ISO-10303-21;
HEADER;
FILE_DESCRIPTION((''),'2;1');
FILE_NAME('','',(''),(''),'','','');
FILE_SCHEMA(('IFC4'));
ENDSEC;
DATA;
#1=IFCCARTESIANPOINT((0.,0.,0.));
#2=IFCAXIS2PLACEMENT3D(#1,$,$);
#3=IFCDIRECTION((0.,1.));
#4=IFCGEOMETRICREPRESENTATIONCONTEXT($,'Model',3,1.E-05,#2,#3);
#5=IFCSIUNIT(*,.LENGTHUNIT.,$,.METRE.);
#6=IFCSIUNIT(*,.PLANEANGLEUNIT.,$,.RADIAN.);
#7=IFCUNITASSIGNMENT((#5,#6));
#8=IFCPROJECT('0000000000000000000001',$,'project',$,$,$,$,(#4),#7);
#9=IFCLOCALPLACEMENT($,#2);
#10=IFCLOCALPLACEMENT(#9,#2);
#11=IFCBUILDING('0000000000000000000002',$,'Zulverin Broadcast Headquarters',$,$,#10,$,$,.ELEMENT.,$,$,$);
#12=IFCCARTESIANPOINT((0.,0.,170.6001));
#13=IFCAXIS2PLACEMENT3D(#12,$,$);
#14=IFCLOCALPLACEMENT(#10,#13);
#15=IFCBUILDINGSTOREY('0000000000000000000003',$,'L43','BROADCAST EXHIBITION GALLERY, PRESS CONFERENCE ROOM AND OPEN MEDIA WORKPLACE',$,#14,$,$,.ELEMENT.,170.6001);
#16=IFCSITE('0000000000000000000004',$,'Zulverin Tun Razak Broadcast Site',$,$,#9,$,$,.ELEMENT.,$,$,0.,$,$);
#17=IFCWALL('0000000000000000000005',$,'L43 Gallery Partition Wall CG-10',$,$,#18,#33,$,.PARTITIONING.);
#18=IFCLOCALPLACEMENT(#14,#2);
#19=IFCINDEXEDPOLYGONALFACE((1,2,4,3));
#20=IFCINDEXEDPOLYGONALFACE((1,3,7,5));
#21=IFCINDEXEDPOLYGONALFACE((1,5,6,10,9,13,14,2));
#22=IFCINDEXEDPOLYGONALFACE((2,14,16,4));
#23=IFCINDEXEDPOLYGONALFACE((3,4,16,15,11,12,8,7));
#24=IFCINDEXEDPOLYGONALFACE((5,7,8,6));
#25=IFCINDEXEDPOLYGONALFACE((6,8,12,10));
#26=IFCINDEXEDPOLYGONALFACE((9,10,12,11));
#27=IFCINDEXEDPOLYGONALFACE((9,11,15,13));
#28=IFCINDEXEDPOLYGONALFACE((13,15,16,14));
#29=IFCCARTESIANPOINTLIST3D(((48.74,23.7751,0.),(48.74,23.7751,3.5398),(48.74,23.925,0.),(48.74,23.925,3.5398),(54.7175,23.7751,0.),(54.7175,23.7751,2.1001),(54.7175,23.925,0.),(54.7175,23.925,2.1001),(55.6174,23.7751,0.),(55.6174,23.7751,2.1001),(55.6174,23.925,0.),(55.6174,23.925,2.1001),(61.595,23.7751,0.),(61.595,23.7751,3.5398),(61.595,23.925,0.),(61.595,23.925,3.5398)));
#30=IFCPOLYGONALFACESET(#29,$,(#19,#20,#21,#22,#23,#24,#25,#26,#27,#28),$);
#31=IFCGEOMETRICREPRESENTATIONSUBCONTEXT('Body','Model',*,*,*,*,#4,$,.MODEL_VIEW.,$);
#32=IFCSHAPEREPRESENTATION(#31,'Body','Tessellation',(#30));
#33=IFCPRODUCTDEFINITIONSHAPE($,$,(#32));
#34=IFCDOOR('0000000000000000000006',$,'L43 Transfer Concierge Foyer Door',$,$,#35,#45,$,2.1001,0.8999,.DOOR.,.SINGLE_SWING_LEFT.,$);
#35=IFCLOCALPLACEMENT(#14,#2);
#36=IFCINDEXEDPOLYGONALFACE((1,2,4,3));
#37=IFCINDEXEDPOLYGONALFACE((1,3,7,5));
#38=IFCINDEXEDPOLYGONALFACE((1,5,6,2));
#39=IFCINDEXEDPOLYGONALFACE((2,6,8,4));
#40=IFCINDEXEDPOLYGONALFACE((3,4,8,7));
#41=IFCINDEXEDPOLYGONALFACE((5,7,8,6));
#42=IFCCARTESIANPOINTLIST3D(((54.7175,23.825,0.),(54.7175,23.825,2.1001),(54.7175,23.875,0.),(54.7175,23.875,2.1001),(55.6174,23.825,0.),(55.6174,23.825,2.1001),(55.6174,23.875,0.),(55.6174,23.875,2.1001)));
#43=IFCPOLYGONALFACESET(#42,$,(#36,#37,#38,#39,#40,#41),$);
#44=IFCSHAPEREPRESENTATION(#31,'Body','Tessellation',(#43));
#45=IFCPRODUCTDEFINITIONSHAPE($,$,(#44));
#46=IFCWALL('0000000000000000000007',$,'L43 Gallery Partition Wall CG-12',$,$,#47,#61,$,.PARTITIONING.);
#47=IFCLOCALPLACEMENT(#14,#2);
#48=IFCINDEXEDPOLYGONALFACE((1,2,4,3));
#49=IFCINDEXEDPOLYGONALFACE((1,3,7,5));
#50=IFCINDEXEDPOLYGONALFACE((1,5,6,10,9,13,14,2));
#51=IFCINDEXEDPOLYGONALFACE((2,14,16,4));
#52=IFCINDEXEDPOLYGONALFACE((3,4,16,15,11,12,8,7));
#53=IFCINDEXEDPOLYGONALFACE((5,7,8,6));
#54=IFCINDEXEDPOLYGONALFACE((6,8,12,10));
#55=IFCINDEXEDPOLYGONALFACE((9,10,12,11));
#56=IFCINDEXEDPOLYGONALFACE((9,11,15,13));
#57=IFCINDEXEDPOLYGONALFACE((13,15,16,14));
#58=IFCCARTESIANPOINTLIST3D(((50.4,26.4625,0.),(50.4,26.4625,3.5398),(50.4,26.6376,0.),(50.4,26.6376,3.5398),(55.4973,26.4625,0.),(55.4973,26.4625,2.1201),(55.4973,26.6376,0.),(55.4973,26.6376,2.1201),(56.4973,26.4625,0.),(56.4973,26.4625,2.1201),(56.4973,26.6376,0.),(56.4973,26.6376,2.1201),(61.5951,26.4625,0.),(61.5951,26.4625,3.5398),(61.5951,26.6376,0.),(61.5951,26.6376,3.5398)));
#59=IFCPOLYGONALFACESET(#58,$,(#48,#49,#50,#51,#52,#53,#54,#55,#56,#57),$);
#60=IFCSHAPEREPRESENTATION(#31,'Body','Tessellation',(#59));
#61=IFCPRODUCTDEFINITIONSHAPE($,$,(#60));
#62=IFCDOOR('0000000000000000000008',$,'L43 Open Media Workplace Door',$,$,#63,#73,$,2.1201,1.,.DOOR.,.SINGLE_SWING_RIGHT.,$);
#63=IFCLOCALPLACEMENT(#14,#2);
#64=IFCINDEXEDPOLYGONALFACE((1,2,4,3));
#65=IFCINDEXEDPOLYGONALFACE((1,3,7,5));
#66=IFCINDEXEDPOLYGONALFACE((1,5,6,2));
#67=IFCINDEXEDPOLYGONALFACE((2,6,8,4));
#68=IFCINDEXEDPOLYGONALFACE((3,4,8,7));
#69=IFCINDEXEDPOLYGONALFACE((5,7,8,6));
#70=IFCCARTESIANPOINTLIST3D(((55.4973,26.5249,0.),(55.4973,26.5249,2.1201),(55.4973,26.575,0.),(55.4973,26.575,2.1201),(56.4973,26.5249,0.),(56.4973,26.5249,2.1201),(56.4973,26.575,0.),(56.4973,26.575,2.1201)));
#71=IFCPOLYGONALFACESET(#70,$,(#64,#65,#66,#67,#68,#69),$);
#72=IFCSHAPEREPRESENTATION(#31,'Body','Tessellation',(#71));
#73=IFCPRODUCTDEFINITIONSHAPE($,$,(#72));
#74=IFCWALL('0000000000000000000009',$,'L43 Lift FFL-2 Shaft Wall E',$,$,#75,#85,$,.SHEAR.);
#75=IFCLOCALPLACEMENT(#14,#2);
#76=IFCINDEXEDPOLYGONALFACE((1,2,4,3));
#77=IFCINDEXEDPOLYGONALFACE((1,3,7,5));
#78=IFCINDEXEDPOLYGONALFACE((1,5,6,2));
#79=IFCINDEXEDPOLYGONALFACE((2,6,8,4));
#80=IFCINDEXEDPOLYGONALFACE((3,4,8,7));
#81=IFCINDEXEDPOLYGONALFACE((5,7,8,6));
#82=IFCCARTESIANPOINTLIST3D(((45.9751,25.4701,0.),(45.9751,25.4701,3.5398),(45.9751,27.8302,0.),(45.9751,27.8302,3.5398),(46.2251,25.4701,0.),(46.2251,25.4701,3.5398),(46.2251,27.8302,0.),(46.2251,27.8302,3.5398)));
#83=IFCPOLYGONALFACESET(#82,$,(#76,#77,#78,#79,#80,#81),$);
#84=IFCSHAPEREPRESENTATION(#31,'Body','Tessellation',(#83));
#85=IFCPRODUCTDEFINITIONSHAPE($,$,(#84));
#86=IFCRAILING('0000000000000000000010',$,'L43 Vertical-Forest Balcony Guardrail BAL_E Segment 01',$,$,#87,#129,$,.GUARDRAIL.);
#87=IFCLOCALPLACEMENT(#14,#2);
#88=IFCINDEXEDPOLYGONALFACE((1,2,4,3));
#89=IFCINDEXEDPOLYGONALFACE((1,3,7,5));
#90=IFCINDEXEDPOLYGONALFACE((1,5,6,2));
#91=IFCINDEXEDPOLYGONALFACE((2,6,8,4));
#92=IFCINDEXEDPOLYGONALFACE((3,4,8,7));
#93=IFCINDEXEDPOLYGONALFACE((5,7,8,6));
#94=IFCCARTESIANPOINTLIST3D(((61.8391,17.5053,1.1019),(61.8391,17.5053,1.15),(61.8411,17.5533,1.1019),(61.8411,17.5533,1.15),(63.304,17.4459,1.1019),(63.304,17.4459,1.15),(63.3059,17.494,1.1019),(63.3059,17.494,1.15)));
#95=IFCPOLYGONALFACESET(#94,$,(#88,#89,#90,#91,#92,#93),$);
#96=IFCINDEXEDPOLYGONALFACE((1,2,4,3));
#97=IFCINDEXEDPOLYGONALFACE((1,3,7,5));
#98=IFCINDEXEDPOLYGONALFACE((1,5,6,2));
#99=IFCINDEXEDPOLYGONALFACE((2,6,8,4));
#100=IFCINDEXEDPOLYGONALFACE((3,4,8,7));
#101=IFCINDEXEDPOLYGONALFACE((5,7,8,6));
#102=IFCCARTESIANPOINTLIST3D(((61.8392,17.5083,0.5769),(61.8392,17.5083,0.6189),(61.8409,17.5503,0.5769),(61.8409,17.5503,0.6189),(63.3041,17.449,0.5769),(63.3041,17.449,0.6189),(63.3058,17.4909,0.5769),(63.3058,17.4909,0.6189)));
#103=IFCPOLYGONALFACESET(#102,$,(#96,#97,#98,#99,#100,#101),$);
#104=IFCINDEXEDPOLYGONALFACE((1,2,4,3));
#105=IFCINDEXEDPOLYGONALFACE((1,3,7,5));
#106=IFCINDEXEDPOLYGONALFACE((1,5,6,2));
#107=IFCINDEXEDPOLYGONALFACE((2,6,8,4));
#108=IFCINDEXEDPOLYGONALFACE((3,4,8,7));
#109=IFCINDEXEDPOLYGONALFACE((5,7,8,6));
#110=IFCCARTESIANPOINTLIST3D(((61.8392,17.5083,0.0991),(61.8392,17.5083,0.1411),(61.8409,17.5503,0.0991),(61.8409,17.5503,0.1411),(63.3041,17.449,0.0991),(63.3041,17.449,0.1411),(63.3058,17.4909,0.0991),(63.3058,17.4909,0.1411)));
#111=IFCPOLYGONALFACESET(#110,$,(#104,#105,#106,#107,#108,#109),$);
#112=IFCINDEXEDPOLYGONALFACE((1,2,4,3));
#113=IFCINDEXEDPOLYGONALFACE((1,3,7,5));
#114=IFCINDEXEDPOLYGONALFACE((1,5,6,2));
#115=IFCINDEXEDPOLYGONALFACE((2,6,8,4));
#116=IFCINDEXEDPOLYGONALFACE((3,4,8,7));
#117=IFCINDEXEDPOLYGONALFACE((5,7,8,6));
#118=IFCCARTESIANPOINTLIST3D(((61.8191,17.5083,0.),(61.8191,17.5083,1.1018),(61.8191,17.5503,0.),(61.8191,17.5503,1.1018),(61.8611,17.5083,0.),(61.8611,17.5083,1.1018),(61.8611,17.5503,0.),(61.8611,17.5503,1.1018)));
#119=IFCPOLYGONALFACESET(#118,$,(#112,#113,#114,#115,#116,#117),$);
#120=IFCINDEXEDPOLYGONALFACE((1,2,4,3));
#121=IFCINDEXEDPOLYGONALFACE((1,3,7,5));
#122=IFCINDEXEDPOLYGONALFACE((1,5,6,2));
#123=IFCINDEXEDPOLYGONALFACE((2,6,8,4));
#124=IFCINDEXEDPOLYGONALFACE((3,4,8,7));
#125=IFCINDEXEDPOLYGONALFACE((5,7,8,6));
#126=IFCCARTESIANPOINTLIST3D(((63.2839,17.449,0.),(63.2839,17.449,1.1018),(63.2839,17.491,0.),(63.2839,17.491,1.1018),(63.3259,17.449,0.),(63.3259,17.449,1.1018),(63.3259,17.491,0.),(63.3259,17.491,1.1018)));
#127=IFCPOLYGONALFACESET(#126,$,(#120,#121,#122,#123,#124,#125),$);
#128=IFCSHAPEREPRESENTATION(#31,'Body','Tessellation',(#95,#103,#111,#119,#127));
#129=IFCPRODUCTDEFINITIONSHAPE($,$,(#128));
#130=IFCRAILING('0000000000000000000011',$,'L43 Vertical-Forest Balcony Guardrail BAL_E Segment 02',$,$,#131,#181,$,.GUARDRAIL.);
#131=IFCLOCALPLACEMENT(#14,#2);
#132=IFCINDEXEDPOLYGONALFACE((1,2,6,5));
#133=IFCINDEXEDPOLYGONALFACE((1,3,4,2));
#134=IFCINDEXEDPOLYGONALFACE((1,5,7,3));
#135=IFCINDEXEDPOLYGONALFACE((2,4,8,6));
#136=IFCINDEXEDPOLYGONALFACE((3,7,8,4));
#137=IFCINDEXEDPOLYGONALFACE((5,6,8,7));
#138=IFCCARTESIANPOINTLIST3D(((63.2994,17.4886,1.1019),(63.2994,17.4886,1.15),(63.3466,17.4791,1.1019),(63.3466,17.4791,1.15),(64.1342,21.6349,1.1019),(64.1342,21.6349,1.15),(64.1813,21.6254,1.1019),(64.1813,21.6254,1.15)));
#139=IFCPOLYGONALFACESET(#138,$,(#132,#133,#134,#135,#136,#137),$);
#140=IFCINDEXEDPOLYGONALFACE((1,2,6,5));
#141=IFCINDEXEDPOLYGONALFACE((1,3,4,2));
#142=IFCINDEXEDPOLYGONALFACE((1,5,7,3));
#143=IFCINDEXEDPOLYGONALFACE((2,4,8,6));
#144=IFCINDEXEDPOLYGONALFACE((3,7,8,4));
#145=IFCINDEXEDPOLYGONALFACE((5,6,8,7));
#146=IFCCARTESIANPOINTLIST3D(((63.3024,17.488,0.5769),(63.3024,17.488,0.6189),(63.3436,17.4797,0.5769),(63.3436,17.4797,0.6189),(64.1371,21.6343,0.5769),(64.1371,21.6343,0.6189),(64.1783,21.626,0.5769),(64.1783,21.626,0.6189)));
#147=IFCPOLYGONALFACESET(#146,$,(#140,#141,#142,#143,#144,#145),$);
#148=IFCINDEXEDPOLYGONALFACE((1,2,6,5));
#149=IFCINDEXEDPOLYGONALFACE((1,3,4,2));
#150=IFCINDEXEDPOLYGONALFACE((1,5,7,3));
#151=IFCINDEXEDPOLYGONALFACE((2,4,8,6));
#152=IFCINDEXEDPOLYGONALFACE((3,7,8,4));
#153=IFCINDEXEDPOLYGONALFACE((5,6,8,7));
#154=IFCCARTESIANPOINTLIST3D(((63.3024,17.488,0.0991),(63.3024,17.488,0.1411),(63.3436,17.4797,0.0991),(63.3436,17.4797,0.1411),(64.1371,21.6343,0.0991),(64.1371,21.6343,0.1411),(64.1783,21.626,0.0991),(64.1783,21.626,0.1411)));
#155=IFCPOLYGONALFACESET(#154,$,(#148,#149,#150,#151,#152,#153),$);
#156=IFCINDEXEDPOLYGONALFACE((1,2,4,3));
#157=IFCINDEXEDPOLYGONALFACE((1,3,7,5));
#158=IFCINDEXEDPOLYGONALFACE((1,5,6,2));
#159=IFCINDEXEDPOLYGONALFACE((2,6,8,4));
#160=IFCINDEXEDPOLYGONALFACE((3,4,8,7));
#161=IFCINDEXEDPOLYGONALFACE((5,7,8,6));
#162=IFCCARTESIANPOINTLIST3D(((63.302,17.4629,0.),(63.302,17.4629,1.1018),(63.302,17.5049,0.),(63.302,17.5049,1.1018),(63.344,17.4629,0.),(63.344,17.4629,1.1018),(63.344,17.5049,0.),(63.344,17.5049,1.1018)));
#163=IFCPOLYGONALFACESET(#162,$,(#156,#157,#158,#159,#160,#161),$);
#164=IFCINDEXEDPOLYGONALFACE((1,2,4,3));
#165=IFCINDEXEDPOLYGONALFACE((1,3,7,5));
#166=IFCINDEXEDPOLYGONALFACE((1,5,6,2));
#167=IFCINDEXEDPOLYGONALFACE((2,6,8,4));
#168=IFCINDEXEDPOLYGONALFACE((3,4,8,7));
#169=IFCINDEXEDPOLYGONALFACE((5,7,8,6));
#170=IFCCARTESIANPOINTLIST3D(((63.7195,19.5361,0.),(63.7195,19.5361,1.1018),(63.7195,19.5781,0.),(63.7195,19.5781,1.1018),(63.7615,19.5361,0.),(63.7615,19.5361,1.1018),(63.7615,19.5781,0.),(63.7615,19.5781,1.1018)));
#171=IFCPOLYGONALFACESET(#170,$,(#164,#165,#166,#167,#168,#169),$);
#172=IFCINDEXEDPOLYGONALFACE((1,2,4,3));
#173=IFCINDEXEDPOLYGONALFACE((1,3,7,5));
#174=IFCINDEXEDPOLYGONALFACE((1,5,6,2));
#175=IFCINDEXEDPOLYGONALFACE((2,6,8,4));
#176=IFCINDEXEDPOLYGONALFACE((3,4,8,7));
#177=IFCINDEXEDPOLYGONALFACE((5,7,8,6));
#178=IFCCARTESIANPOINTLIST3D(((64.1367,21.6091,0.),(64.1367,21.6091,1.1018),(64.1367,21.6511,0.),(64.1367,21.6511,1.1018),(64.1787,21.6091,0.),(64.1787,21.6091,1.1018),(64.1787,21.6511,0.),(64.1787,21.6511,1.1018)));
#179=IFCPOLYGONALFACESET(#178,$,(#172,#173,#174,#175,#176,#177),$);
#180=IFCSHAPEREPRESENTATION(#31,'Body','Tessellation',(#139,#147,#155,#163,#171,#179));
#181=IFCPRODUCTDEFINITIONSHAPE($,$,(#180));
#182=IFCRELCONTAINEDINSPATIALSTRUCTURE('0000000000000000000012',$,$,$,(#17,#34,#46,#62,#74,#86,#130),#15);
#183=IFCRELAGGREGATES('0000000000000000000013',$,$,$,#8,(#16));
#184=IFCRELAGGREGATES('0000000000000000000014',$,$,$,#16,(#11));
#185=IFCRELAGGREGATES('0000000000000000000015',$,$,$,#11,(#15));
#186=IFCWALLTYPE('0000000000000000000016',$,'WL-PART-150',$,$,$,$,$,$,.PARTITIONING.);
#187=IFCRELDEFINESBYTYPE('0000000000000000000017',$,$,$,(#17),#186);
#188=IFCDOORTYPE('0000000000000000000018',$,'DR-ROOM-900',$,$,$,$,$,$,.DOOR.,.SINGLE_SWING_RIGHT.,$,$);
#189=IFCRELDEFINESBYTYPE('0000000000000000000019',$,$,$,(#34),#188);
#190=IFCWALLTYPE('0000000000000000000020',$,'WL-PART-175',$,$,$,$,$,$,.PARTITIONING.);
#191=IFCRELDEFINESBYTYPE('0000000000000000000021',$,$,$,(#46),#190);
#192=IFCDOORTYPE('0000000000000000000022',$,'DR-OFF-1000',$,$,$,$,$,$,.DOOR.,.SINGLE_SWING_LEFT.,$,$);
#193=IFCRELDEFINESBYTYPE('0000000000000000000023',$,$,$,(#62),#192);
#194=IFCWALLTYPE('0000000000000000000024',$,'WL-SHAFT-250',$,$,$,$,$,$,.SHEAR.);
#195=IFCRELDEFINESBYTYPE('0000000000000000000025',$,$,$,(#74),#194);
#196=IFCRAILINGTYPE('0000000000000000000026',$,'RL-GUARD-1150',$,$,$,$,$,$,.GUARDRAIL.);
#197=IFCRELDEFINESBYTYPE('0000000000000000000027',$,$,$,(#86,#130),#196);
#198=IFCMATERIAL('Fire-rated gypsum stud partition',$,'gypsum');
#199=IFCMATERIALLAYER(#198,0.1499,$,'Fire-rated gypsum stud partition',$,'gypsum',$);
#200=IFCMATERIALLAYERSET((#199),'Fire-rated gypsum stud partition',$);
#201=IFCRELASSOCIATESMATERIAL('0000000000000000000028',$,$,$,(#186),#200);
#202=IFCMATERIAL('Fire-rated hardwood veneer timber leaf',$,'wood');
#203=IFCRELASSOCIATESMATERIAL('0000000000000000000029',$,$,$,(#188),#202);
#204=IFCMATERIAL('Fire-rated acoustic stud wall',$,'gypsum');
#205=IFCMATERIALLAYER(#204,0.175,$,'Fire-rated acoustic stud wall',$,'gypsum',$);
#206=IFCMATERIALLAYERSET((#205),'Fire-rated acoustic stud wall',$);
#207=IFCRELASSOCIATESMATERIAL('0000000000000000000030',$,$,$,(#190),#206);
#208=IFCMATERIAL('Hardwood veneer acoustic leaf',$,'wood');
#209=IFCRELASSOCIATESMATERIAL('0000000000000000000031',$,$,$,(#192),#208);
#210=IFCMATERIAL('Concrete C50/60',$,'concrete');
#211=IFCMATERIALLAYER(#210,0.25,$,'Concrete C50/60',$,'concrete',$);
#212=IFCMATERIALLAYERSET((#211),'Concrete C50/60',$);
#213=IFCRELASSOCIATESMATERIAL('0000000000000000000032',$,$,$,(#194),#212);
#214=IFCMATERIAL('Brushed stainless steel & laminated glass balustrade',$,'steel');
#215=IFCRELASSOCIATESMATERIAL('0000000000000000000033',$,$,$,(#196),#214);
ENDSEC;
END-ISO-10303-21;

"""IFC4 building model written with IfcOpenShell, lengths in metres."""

from ifc_helpers import new_model, si_unit, direction, frame, frame_2d, origin, origin_2d, place, context, subcontext, project, spatial, rectangle, extrude, material, layer, layer_set, type_object, element, fill, save


model = new_model("IFC4")

# Units and contexts
model_context = context("Model", 3, precision=1e-05, world=origin(), true_north=direction((0.0, 1.0)))
body_context = subcontext(model_context, "Body", "Model", "MODEL_VIEW")
ifc_project = project(units=[si_unit("LENGTHUNIT", "METRE"), si_unit("PLANEANGLEUNIT", "RADIAN")], contexts=[model_context])

# Site, building, storey
site_placement = place(None, origin())
site = spatial("IfcSite", under=ifc_project, at=site_placement, Name="Zulverin Tun Razak Broadcast Site", CompositionType="ELEMENT", RefElevation=0.0)
building_placement = place(site_placement, origin())
building = spatial("IfcBuilding", under=site, at=building_placement, Name="Zulverin Broadcast Headquarters", CompositionType="ELEMENT")
storey_placement = place(building_placement, frame((0.0, 0.0, 170.6001)))
storey = spatial("IfcBuildingStorey", under=building, at=storey_placement, Name="L43", Description="BROADCAST EXHIBITION GALLERY, PRESS CONFERENCE ROOM AND OPEN MEDIA WORKPLACE", CompositionType="ELEMENT", Elevation=170.6001)

# Shared definitions
ifc_material_1 = material(Name="Concrete C50/60", Category="concrete")

# Walls, openings, doors
ifc_material_2 = material(Name="Fire-rated gypsum stud partition", Category="gypsum")
ifc_layer_1 = layer(ifc_material_2, 0.1499, Name="Fire-rated gypsum stud partition", Category="gypsum")
ifc_layer_set_1 = layer_set([ifc_layer_1], Name="Fire-rated gypsum stud partition")
wall_type_1 = type_object("IfcWallType", Name="WL-PART-150", PredefinedType="PARTITIONING", material=ifc_layer_set_1)
ifc_material_3 = material(Name="Fire-rated hardwood veneer timber leaf", Category="wood")
door_type_1 = type_object("IfcDoorType", Name="DR-ROOM-900", OperationType="SINGLE_SWING_RIGHT", PredefinedType="DOOR", material=ifc_material_3)
wall_1_placement = place(storey_placement, frame((48.74, 23.8501, 0.0), z_axis=(0.0, 0.0, 1.0), x_axis=(1.0, 0.0, 0.0)))
wall_1 = element("IfcWall", 1, at=wall_1_placement, inside=storey, type_object=wall_type_1, Name="L43 Gallery Partition Wall CG-10", PredefinedType="PARTITIONING", context=body_context, shape_type="SweptSolid", body=[
    extrude(rectangle(XDim=12.855, YDim=0.1499, at=frame_2d((6.4275, 0.0))), origin(), (0.0, 0.0, 1.0), 3.5398),
])
opening_1_placement = place(wall_1_placement, frame((5.9775, 0.0, 0.0)))
opening_1 = element("IfcOpeningElement", 2, at=opening_1_placement, cuts=wall_1, PredefinedType="OPENING", context=body_context, shape_type="SweptSolid", body=[
    extrude(rectangle(XDim=0.8999, YDim=2.1001, at=frame_2d((0.45, 1.05))), frame((0.0, 0.085, 0.0), z_axis=(0.0, -1.0, 0.0), x_axis=(1.0, 0.0, 0.0)), (0.0, 0.0, 1.0), 0.1699),
])
door_1_placement = place(opening_1_placement, origin())
door_1 = element("IfcDoor", 3, at=door_1_placement, inside=storey, type_object=door_type_1, Name="L43 Transfer Concierge Foyer Door", OperationType="SINGLE_SWING_LEFT", OverallHeight=2.1001, OverallWidth=0.8999, PredefinedType="DOOR", context=body_context, shape_type="SweptSolid", body=[
    extrude(rectangle(XDim=0.8999, YDim=2.1001, at=frame_2d((0.45, 1.05))), frame((0.0, 0.0249, 0.0), z_axis=(0.0, -1.0, 0.0), x_axis=(1.0, 0.0, 0.0)), (0.0, 0.0, 1.0), 0.05),
])
fill(opening_1, door_1)
ifc_material_4 = material(Name="Fire-rated acoustic stud wall", Category="gypsum")
ifc_layer_2 = layer(ifc_material_4, 0.175, Name="Fire-rated acoustic stud wall", Category="gypsum")
ifc_layer_set_2 = layer_set([ifc_layer_2], Name="Fire-rated acoustic stud wall")
wall_type_2 = type_object("IfcWallType", Name="WL-PART-175", PredefinedType="PARTITIONING", material=ifc_layer_set_2)
wall_2_placement = place(storey_placement, frame((50.3999, 26.55, 0.0), z_axis=(0.0, 0.0, 1.0), x_axis=(1.0, 0.0, 0.0)))
wall_2 = element("IfcWall", 4, at=wall_2_placement, inside=storey, type_object=wall_type_2, Name="L43 Gallery Partition Wall CG-12", PredefinedType="PARTITIONING", context=body_context, shape_type="SweptSolid", body=[
    extrude(rectangle(XDim=11.1951, YDim=0.175, at=frame_2d((5.5977, 0.0))), origin(), (0.0, 0.0, 1.0), 3.5398),
])
opening_2_placement = place(wall_2_placement, frame((5.0974, 0.0, 0.0)))
opening_2 = element("IfcOpeningElement", 5, at=opening_2_placement, cuts=wall_2, PredefinedType="OPENING", context=body_context, shape_type="SweptSolid", body=[
    extrude(rectangle(XDim=1.0, YDim=2.1201, at=frame_2d((0.5, 1.0601))), frame((0.0, 0.0974, 0.0), z_axis=(0.0, -1.0, 0.0), x_axis=(1.0, 0.0, 0.0)), (0.0, 0.0, 1.0), 0.1951),
])
ifc_material_5 = material(Name="Hardwood veneer acoustic leaf", Category="wood")
door_type_2 = type_object("IfcDoorType", Name="DR-OFF-1000", OperationType="SINGLE_SWING_LEFT", PredefinedType="DOOR", material=ifc_material_5)
door_2_placement = place(opening_2_placement, origin())
door_2 = element("IfcDoor", 6, at=door_2_placement, inside=storey, type_object=door_type_2, Name="L43 Open Media Workplace Door", OperationType="SINGLE_SWING_RIGHT", OverallHeight=2.1201, OverallWidth=1.0, PredefinedType="DOOR", context=body_context, shape_type="SweptSolid", body=[
    extrude(rectangle(XDim=1.0, YDim=2.1201, at=frame_2d((0.5, 1.0601))), frame((0.0, 0.0249, 0.0), z_axis=(0.0, -1.0, 0.0), x_axis=(1.0, 0.0, 0.0)), (0.0, 0.0, 1.0), 0.05),
])
fill(opening_2, door_2)

# Wall
ifc_layer_3 = layer(ifc_material_1, 0.25, Name="Concrete C50/60", Category="concrete")
ifc_layer_set_3 = layer_set([ifc_layer_3], Name="Concrete C50/60")
wall_type_3 = type_object("IfcWallType", Name="WL-SHAFT-250", PredefinedType="SHEAR", material=ifc_layer_set_3)
wall_3_placement = place(storey_placement, frame((46.1001, 25.47, 0.0), z_axis=(0.0, 0.0, 1.0), x_axis=(0.0, 1.0, 0.0)))
element("IfcWall", 7, at=wall_3_placement, inside=storey, type_object=wall_type_3, Name="L43 Lift FFL-2 Shaft Wall E", PredefinedType="SHEAR", context=body_context, shape_type="SweptSolid", body=[
    extrude(rectangle(XDim=2.3601, YDim=0.25, at=frame_2d((1.1802, 0.0))), origin(), (0.0, 0.0, 1.0), 3.5398),
])

# Railings
ifc_material_6 = material(Name="Brushed stainless steel & laminated glass balustrade", Category="steel")
railing_type = type_object("IfcRailingType", Name="RL-GUARD-1150", PredefinedType="GUARDRAIL", material=ifc_material_6)
railing_1_placement = place(storey_placement, frame((61.8401, 17.5293, 0.0)))
element("IfcRailing", 8, at=railing_1_placement, inside=storey, type_object=railing_type, Name="L43 Vertical-Forest Balcony Guardrail BAL_E Segment 01", PredefinedType="GUARDRAIL", context=body_context, shape_type="SweptSolid", body=[
    extrude(rectangle(XDim=0.0481, YDim=0.0481, at=origin_2d()), frame((0.0, 0.0, 1.126), z_axis=(0.999181, -0.040467, 0.0), x_axis=(0.040467, 0.999181, 0.0)), (0.0, 0.0, 1.0), 1.4661),
    extrude(rectangle(XDim=0.042, YDim=0.042, at=origin_2d()), frame((0.0, 0.0, 0.5979), z_axis=(0.999181, -0.040467, 0.0), x_axis=(0.040467, 0.999181, 0.0)), (0.0, 0.0, 1.0), 1.4661),
    extrude(rectangle(XDim=0.042, YDim=0.042, at=origin_2d()), frame((0.0, 0.0, 0.1201), z_axis=(0.999181, -0.040467, 0.0), x_axis=(0.040467, 0.999181, 0.0)), (0.0, 0.0, 1.0), 1.4661),
    extrude(rectangle(XDim=0.042, YDim=0.042, at=origin_2d()), origin(), (0.0, 0.0, 1.0), 1.1018),
    extrude(rectangle(XDim=0.042, YDim=0.042, at=origin_2d()), frame((1.4648, -0.0593, 0.0)), (0.0, 0.0, 1.0), 1.1018),
])
railing_2_placement = place(storey_placement, frame((63.323, 17.4839, 0.0)))
element("IfcRailing", 9, at=railing_2_placement, inside=storey, type_object=railing_type, Name="L43 Vertical-Forest Balcony Guardrail BAL_E Segment 02", PredefinedType="GUARDRAIL", context=body_context, shape_type="SweptSolid", body=[
    extrude(rectangle(XDim=0.0481, YDim=0.0481, at=origin_2d()), frame((0.0, 0.0, 1.126), z_axis=(0.197359, 0.980331, 0.0), x_axis=(-0.980331, 0.197359, 0.0)), (0.0, 0.0, 1.0), 4.2295),
    extrude(rectangle(XDim=0.042, YDim=0.042, at=origin_2d()), frame((0.0, 0.0, 0.5979), z_axis=(0.197359, 0.980331, 0.0), x_axis=(-0.980331, 0.197359, 0.0)), (0.0, 0.0, 1.0), 4.2295),
    extrude(rectangle(XDim=0.042, YDim=0.042, at=origin_2d()), frame((0.0, 0.0, 0.1201), z_axis=(0.197359, 0.980331, 0.0), x_axis=(-0.980331, 0.197359, 0.0)), (0.0, 0.0, 1.0), 4.2295),
    extrude(rectangle(XDim=0.042, YDim=0.042, at=origin_2d()), origin(), (0.0, 0.0, 1.0), 1.1018),
    extrude(rectangle(XDim=0.042, YDim=0.042, at=origin_2d()), frame((0.4175, 2.0732, 0.0)), (0.0, 0.0, 1.0), 1.1018),
    extrude(rectangle(XDim=0.042, YDim=0.042, at=origin_2d()), frame((0.8347, 4.1462, 0.0)), (0.0, 0.0, 1.0), 1.1018),
])

save(model, "model.ifc")
